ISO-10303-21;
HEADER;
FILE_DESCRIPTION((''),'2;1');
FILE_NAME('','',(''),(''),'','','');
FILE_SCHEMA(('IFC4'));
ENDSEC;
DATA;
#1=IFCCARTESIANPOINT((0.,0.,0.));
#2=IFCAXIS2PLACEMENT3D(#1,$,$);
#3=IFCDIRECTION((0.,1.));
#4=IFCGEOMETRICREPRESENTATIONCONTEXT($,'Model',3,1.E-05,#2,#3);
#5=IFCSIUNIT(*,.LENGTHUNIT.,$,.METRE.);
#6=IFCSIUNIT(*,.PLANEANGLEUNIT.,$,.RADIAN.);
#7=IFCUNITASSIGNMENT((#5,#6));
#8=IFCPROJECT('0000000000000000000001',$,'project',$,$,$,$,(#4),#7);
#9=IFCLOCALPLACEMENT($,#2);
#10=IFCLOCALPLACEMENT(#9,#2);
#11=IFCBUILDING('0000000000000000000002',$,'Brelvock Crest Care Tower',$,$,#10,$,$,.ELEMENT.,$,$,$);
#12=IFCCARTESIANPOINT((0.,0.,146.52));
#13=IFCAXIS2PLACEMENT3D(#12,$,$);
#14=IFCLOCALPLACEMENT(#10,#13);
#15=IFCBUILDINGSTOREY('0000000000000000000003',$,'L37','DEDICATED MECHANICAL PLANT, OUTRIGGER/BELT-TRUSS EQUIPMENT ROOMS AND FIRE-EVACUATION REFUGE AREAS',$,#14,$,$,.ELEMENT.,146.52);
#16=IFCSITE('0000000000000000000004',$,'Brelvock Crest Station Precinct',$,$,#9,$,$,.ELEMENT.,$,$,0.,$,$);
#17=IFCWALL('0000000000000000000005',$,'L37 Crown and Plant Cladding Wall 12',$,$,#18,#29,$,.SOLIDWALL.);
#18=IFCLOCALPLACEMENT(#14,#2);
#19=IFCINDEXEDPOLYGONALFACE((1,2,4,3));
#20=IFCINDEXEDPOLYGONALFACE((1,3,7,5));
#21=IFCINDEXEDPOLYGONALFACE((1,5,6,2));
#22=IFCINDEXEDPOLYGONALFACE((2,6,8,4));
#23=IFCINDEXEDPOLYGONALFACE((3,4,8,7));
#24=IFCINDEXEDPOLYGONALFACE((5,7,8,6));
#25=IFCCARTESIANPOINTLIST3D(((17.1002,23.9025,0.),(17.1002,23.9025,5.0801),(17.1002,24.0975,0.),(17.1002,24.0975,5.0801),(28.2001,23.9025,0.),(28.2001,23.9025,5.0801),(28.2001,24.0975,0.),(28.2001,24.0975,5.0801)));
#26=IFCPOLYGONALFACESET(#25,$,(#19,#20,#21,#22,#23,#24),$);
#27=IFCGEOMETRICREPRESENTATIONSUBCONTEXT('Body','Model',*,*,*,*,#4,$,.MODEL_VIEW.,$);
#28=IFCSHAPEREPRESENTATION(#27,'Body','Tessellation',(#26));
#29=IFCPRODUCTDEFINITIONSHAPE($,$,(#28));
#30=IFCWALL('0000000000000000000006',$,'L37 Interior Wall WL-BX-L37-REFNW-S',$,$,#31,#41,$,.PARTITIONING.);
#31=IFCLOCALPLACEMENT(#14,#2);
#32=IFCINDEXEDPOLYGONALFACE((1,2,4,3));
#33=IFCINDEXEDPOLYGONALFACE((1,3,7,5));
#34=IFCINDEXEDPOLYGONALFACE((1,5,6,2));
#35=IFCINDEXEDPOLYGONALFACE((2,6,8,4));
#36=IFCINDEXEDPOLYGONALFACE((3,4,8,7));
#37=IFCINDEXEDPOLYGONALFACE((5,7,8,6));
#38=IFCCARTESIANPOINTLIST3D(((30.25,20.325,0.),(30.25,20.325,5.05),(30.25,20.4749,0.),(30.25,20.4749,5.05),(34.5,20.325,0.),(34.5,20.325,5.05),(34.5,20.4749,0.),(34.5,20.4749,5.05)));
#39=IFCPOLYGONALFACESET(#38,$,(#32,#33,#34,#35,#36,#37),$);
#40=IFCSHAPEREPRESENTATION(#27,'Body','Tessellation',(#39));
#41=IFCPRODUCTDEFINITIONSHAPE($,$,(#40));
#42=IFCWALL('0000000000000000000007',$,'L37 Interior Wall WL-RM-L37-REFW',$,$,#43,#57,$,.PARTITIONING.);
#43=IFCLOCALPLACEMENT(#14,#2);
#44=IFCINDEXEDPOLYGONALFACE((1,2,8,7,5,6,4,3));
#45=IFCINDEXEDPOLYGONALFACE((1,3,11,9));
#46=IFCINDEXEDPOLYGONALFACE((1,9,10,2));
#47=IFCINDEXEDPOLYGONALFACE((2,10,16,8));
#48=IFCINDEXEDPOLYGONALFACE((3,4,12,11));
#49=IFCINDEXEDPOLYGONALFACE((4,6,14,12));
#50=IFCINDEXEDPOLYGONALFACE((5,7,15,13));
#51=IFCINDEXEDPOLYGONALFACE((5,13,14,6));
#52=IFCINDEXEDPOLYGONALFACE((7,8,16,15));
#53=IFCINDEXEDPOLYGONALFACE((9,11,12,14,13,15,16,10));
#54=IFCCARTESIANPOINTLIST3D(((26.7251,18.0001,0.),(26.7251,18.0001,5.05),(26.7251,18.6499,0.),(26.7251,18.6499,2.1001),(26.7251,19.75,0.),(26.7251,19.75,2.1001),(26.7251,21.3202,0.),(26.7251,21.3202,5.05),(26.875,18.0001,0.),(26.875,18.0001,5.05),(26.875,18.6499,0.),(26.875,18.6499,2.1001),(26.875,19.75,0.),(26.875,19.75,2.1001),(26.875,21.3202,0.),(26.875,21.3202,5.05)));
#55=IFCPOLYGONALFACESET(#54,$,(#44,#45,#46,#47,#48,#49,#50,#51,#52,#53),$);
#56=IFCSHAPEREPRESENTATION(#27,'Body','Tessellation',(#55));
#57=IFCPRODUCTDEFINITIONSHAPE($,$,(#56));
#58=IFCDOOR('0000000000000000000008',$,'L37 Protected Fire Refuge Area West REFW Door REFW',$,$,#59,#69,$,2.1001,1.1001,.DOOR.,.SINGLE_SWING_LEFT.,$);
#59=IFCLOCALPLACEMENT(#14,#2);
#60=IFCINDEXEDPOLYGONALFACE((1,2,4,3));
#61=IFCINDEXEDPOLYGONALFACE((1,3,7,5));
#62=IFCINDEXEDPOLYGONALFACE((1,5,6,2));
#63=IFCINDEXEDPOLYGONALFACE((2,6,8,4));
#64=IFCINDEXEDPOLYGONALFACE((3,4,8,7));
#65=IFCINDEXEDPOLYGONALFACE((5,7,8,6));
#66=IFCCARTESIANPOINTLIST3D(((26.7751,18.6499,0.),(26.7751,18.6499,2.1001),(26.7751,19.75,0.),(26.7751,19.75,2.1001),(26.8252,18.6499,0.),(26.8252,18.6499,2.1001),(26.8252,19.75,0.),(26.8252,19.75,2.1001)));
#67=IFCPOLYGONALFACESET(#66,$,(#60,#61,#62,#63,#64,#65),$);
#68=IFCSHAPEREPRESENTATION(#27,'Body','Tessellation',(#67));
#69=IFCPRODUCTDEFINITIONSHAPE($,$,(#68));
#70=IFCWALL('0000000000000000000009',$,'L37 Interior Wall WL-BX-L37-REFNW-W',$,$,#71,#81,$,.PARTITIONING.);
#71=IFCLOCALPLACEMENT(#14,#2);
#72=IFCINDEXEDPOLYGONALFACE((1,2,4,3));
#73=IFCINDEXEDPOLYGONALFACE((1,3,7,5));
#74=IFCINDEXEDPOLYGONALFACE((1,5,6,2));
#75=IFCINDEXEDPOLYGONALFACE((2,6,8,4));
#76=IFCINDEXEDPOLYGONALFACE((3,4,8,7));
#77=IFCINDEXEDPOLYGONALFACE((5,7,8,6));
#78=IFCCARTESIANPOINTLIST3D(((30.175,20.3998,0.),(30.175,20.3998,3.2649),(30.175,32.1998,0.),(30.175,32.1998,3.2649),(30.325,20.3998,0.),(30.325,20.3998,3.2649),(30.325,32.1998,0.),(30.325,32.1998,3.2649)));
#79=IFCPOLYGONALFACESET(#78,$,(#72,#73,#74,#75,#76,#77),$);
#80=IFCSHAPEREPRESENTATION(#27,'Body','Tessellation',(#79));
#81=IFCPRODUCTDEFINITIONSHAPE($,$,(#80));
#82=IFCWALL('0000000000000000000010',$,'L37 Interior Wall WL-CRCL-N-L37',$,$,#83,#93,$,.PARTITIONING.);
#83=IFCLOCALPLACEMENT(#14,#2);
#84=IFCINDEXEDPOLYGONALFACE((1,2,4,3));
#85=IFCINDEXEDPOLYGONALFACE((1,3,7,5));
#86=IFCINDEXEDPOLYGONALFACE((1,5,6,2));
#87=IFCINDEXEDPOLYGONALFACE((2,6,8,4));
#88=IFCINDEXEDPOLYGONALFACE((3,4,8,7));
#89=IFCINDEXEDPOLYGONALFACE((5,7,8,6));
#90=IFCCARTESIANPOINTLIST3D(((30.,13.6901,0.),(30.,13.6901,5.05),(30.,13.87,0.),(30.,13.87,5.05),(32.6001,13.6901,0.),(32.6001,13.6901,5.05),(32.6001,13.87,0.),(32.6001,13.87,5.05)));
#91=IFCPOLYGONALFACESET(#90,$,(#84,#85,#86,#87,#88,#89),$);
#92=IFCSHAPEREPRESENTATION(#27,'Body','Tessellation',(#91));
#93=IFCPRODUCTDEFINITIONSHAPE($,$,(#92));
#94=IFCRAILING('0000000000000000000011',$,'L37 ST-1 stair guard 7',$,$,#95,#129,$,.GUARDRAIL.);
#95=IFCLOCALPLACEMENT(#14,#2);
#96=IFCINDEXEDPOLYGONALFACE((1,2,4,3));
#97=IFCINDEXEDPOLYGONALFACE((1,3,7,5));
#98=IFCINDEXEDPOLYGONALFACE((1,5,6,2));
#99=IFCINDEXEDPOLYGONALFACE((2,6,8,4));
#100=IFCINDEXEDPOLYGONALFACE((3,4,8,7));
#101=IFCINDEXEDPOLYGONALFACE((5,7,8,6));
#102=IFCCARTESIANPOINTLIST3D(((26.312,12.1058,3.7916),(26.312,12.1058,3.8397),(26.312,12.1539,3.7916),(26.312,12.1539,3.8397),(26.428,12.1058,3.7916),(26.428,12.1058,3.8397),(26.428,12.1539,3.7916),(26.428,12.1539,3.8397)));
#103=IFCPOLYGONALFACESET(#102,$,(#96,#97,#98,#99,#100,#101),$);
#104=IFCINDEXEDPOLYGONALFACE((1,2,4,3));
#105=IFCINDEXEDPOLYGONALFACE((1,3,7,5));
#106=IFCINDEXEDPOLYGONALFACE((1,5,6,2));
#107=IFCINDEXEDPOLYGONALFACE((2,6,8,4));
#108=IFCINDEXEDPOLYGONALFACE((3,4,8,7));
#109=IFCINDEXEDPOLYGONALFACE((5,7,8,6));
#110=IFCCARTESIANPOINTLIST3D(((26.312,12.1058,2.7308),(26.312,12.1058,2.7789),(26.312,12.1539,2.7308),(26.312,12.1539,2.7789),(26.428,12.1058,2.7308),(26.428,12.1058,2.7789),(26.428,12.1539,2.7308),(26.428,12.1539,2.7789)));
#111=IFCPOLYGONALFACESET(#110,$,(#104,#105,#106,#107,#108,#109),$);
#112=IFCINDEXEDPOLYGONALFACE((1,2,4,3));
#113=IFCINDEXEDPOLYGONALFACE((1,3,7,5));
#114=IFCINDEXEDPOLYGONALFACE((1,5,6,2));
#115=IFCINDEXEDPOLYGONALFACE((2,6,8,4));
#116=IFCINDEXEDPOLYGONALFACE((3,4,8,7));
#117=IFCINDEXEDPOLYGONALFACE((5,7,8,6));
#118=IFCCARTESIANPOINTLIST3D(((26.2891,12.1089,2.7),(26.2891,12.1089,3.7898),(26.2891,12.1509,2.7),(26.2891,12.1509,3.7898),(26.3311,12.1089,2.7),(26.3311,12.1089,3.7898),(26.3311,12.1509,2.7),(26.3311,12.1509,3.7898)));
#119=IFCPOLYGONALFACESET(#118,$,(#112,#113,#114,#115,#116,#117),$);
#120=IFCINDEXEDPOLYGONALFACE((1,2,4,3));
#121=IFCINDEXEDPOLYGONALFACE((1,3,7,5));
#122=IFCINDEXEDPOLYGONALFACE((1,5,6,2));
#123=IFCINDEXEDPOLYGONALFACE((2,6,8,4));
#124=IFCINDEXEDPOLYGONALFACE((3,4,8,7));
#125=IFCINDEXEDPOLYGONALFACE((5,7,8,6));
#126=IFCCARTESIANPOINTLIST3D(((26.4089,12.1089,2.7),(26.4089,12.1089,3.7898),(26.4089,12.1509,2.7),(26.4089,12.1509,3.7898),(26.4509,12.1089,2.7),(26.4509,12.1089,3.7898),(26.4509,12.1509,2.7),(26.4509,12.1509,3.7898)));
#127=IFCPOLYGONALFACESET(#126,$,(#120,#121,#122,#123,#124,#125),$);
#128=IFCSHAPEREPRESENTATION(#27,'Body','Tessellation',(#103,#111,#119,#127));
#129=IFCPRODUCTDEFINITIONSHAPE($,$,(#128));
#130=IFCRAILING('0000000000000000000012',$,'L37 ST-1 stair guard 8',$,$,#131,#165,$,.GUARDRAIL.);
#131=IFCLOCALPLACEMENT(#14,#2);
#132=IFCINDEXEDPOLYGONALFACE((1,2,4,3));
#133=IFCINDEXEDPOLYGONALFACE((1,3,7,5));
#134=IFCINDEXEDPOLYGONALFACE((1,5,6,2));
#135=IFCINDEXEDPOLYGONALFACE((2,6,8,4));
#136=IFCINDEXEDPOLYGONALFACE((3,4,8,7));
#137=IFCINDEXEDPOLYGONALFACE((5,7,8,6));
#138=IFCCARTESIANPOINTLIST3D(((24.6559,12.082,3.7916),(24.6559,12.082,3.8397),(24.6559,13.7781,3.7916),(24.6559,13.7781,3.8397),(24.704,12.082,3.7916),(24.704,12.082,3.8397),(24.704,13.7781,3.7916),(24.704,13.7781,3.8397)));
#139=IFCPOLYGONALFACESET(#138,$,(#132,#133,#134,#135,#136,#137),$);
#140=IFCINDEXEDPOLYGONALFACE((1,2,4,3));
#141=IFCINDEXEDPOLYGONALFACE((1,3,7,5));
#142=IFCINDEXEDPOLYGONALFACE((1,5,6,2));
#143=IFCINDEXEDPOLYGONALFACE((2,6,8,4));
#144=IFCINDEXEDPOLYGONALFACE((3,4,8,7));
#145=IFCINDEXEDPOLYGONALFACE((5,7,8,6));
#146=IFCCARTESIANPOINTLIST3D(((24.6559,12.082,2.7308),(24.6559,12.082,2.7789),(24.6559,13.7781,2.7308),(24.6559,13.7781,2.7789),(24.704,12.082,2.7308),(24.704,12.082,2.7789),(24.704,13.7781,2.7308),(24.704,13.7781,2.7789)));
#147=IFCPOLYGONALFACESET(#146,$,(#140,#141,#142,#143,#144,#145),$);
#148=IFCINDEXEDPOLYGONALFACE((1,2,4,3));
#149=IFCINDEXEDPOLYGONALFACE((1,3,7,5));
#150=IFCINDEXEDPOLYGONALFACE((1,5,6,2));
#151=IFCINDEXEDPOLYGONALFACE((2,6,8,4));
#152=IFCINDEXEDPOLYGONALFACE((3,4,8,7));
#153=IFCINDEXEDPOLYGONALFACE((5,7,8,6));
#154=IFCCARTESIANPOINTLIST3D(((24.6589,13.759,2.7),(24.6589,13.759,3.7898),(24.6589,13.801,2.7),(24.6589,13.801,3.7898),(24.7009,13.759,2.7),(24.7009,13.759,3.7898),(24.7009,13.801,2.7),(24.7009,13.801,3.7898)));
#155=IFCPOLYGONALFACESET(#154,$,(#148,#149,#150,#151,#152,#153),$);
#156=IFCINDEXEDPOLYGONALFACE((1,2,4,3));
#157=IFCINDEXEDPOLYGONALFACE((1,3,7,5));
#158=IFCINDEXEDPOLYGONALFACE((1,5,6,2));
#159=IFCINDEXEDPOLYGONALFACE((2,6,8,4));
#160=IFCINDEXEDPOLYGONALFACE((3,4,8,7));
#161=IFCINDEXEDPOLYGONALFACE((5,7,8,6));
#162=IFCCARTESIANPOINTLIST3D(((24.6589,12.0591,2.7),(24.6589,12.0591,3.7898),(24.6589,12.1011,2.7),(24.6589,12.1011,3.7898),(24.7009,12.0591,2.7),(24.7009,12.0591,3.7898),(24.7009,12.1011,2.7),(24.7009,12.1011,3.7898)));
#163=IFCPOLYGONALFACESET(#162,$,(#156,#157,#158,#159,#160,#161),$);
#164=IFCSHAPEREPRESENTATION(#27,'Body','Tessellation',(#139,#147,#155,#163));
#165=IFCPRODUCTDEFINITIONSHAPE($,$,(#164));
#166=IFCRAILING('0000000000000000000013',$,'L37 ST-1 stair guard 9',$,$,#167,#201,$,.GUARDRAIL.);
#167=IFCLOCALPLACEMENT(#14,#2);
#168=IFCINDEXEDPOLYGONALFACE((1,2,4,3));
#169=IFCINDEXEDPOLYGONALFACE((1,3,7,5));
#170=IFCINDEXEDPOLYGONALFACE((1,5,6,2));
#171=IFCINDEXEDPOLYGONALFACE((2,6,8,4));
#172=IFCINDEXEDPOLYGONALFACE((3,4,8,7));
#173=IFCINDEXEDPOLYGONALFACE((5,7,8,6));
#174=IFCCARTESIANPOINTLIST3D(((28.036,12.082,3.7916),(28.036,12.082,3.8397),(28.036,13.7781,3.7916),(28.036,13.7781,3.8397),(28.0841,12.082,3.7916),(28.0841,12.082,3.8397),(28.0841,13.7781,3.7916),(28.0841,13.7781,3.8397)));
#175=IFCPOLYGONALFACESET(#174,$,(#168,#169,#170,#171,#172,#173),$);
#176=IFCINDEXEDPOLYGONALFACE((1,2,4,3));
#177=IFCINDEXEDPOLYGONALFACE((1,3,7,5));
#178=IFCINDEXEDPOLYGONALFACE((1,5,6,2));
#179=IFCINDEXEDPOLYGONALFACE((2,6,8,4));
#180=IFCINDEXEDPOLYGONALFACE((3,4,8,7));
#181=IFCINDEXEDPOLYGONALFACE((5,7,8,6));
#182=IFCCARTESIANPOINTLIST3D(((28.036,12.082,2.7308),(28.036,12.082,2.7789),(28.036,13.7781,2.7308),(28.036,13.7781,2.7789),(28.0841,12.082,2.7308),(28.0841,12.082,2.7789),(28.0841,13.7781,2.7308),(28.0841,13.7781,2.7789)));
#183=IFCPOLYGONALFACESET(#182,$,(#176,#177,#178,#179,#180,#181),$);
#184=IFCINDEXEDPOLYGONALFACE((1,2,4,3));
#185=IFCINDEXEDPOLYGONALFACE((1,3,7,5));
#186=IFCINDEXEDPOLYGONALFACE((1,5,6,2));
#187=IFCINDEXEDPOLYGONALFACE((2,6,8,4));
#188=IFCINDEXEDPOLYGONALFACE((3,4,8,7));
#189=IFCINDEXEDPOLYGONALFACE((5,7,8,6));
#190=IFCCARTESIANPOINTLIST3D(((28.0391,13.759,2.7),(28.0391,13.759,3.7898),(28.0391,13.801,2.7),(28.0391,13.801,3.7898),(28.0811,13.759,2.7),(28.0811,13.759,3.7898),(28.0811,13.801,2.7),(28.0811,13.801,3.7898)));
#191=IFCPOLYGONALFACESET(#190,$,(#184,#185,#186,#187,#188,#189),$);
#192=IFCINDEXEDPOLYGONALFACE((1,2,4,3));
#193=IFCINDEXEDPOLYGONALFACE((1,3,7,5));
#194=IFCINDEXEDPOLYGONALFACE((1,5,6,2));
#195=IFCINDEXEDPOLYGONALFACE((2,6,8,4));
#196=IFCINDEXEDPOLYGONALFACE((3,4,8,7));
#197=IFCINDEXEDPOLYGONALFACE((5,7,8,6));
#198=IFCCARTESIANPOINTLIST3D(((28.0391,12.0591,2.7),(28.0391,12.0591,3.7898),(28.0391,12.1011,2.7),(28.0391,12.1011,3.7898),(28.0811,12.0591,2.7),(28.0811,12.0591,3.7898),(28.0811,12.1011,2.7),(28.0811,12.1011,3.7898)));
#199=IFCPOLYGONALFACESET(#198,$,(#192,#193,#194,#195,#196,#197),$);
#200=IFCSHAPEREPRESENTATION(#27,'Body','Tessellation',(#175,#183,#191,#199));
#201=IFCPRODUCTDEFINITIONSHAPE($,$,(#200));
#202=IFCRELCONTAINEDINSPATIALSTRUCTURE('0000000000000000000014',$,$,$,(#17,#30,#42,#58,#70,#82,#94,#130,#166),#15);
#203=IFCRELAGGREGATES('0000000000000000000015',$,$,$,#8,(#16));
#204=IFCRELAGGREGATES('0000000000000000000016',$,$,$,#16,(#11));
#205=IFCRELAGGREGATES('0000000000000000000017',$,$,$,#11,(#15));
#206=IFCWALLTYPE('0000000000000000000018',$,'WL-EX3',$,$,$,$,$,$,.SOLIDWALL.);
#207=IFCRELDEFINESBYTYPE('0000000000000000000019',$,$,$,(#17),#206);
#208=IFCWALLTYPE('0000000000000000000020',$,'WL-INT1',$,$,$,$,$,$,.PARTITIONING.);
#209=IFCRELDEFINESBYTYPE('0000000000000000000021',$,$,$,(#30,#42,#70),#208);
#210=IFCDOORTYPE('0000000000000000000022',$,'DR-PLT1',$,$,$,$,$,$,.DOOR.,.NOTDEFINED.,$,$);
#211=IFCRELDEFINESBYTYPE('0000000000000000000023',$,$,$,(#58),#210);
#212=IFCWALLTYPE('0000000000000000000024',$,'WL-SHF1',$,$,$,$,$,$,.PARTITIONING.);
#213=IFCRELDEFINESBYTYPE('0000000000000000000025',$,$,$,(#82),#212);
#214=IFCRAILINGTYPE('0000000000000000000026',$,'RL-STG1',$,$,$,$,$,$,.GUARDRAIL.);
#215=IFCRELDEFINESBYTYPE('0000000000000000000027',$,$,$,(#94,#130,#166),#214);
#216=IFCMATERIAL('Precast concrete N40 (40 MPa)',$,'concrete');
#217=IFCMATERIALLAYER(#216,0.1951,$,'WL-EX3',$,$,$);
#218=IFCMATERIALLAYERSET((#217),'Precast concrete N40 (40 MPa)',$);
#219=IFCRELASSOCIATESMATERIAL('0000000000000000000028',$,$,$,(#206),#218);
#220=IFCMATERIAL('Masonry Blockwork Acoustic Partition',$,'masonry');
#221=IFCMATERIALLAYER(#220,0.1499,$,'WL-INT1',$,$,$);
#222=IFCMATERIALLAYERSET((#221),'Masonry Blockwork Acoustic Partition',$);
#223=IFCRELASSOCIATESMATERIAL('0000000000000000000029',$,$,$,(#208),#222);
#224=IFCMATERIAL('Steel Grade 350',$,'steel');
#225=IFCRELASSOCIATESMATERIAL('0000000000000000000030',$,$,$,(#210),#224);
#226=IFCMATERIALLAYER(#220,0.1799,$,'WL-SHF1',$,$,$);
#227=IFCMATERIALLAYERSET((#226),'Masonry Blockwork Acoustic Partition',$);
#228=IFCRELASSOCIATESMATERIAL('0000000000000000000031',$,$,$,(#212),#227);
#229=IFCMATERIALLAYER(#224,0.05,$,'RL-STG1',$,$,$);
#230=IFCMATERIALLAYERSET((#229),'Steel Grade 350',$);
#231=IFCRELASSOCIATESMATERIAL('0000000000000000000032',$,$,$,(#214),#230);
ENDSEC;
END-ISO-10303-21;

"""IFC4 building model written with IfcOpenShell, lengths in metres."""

from ifc_helpers import new_model, si_unit, direction, frame, frame_2d, origin, origin_2d, place, context, subcontext, project, spatial, rectangle, extrude, source, transform, mapped, material, layer, layer_set, type_object, element, fill, save


model = new_model("IFC4")

# Units and contexts
model_context = context("Model", 3, precision=1e-05, world=origin(), true_north=direction((0.0, 1.0)))
body_context = subcontext(model_context, "Body", "Model", "MODEL_VIEW")
ifc_project = project(units=[si_unit("LENGTHUNIT", "METRE"), si_unit("PLANEANGLEUNIT", "RADIAN")], contexts=[model_context])

# Site, building, storey
site_placement = place(None, origin())
site = spatial("IfcSite", under=ifc_project, at=site_placement, Name="Brelvock Crest Station Precinct", CompositionType="ELEMENT", RefElevation=0.0)
building_placement = place(site_placement, origin())
building = spatial("IfcBuilding", under=site, at=building_placement, Name="Brelvock Crest Care Tower", CompositionType="ELEMENT")
storey_placement = place(building_placement, frame((0.0, 0.0, 146.52)))
storey = spatial("IfcBuildingStorey", under=building, at=storey_placement, Name="L37", Description="DEDICATED MECHANICAL PLANT, OUTRIGGER/BELT-TRUSS EQUIPMENT ROOMS AND FIRE-EVACUATION REFUGE AREAS", CompositionType="ELEMENT", Elevation=146.52)

# Shared definitions
ifc_material_1 = material(Name="Steel Grade 350", Category="steel")

# Walls
ifc_material_2 = material(Name="Precast concrete N40 (40 MPa)", Category="concrete")
ifc_layer_1 = layer(ifc_material_2, 0.1951, Name="WL-EX3")
ifc_layer_set_1 = layer_set([ifc_layer_1], Name="Precast concrete N40 (40 MPa)")
wall_type_1 = type_object("IfcWallType", Name="WL-EX3", PredefinedType="SOLIDWALL", material=ifc_layer_set_1)
wall_1_placement = place(storey_placement, frame((28.2, 24.0, 0.0), z_axis=(0.0, 0.0, 1.0), x_axis=(-1.0, 0.0, 0.0)))
element("IfcWall", 1, at=wall_1_placement, inside=storey, type_object=wall_type_1, Name="L37 Crown and Plant Cladding Wall 12", PredefinedType="SOLIDWALL", context=body_context, shape_type="SweptSolid", body=[
    extrude(rectangle(XDim=11.0999, YDim=0.1951, at=frame_2d((5.5498, 0.0))), origin(), (0.0, 0.0, 1.0), 5.0801),
])
ifc_material_3 = material(Name="Masonry Blockwork Acoustic Partition", Category="masonry")
ifc_layer_2 = layer(ifc_material_3, 0.1499, Name="WL-INT1")
ifc_layer_set_2 = layer_set([ifc_layer_2], Name="Masonry Blockwork Acoustic Partition")
wall_type_2 = type_object("IfcWallType", Name="WL-INT1", PredefinedType="PARTITIONING", material=ifc_layer_set_2)
wall_2_placement = place(storey_placement, frame((30.25, 20.3999, 0.0), z_axis=(0.0, 0.0, 1.0), x_axis=(1.0, 0.0, 0.0)))
element("IfcWall", 2, at=wall_2_placement, inside=storey, type_object=wall_type_2, Name="L37 Interior Wall WL-BX-L37-REFNW-S", PredefinedType="PARTITIONING", context=body_context, shape_type="SweptSolid", body=[
    extrude(rectangle(XDim=4.25, YDim=0.1499, at=frame_2d((2.125, 0.0))), origin(), (0.0, 0.0, 1.0), 5.05),
])

# Wall, opening, door
wall_3_placement = place(storey_placement, frame((26.8, 18.0, 0.0), z_axis=(0.0, 0.0, 1.0), x_axis=(0.0, 1.0, 0.0)))
wall_3 = element("IfcWall", 3, at=wall_3_placement, inside=storey, type_object=wall_type_2, Name="L37 Interior Wall WL-RM-L37-REFW", PredefinedType="PARTITIONING", context=body_context, shape_type="SweptSolid", body=[
    extrude(rectangle(XDim=3.3201, YDim=0.1499, at=frame_2d((1.6602, 0.0))), origin(), (0.0, 0.0, 1.0), 5.05),
])
opening_placement = place(wall_3_placement, frame((0.6499, 0.0, 0.0)))
opening = element("IfcOpeningElement", 4, at=opening_placement, cuts=wall_3, PredefinedType="OPENING", context=body_context, shape_type="SweptSolid", body=[
    extrude(rectangle(XDim=1.1001, YDim=2.1001, at=origin_2d()), frame((0.55, 0.085, 1.05), z_axis=(0.0, -1.0, 0.0), x_axis=(1.0, 0.0, 0.0)), (0.0, 0.0, 1.0), 0.1699),
])
door_type = type_object("IfcDoorType", Name="DR-PLT1", OperationType="NOTDEFINED", PredefinedType="DOOR", material=ifc_material_1)
shared_shape_1 = source(origin(), body_context, "Body", "SweptSolid", [
    extrude(rectangle(XDim=1.1001, YDim=2.1001, at=origin_2d()), frame((0.55, 0.0249, 1.05), z_axis=(0.0, -1.0, 0.0), x_axis=(1.0, 0.0, 0.0)), (0.0, 0.0, 1.0), 0.05),
])
door_placement = place(opening_placement, origin())
door = element("IfcDoor", 5, at=door_placement, inside=storey, type_object=door_type, Name="L37 Protected Fire Refuge Area West REFW Door REFW", OperationType="SINGLE_SWING_LEFT", OverallHeight=2.1001, OverallWidth=1.1001, PredefinedType="DOOR", context=body_context, shape_type="MappedRepresentation", body=[
    mapped(shared_shape_1, transform((0.0, 0.0, 0.0), x_axis=(1.0, 0.0, 0.0), y_axis=(0.0, 1.0, 0.0), z_axis=(0.0, 0.0, 1.0), scale=1.0)),
])
fill(opening, door)

# Walls
wall_4_placement = place(storey_placement, frame((30.25, 20.3999, 0.0), z_axis=(0.0, 0.0, 1.0), x_axis=(0.0, 1.0, 0.0)))
element("IfcWall", 6, at=wall_4_placement, inside=storey, type_object=wall_type_2, Name="L37 Interior Wall WL-BX-L37-REFNW-W", PredefinedType="PARTITIONING", context=body_context, shape_type="SweptSolid", body=[
    extrude(rectangle(XDim=11.8, YDim=0.1499, at=frame_2d((5.8999, 0.0))), origin(), (0.0, 0.0, 1.0), 3.2649),
])
ifc_layer_3 = layer(ifc_material_3, 0.1799, Name="WL-SHF1")
ifc_layer_set_3 = layer_set([ifc_layer_3], Name="Masonry Blockwork Acoustic Partition")
wall_type_3 = type_object("IfcWallType", Name="WL-SHF1", PredefinedType="PARTITIONING", material=ifc_layer_set_3)
wall_5_placement = place(storey_placement, frame((30.0, 13.78, 0.0), z_axis=(0.0, 0.0, 1.0), x_axis=(1.0, 0.0, 0.0)))
element("IfcWall", 7, at=wall_5_placement, inside=storey, type_object=wall_type_3, Name="L37 Interior Wall WL-CRCL-N-L37", PredefinedType="PARTITIONING", context=body_context, shape_type="SweptSolid", body=[
    extrude(rectangle(XDim=2.6001, YDim=0.1799, at=frame_2d((1.3, 0.0))), origin(), (0.0, 0.0, 1.0), 5.05),
])

# Railings
ifc_layer_4 = layer(ifc_material_1, 0.05, Name="RL-STG1")
ifc_layer_set_4 = layer_set([ifc_layer_4], Name="Steel Grade 350")
railing_type = type_object("IfcRailingType", Name="RL-STG1", PredefinedType="GUARDRAIL", material=ifc_layer_set_4)
railing_1_placement = place(storey_placement, frame((26.3101, 12.1299, 2.7)))
element("IfcRailing", 8, at=railing_1_placement, inside=storey, type_object=railing_type, Name="L37 ST-1 stair guard 7", PredefinedType="GUARDRAIL", context=body_context, shape_type="SweptSolid", body=[
    extrude(rectangle(XDim=0.0481, YDim=0.0481, at=origin_2d()), frame((0.002, 0.0, 1.1157), z_axis=(1.0, 0.0, 0.0), x_axis=(0.0, 1.0, 0.0)), (0.0, 0.0, 1.0), 0.116),
    extrude(rectangle(XDim=0.0481, YDim=0.0481, at=origin_2d()), frame((0.002, 0.0, 0.0549), z_axis=(1.0, 0.0, 0.0), x_axis=(0.0, 1.0, 0.0)), (0.0, 0.0, 1.0), 0.116),
    extrude(rectangle(XDim=0.042, YDim=0.042, at=origin_2d()), origin(), (0.0, 0.0, 1.0), 1.0898),
    extrude(rectangle(XDim=0.042, YDim=0.042, at=origin_2d()), frame((0.1199, 0.0, 0.0)), (0.0, 0.0, 1.0), 1.0898),
])
for number, where, name in (
    (9, (24.6799, 13.78, 2.7), "L37 ST-1 stair guard 8"),
    (10, (28.0601, 13.78, 2.7), "L37 ST-1 stair guard 9"),
):
    element("IfcRailing", number, at=place(storey_placement, frame(where)), inside=storey, type_object=railing_type, Name=name, PredefinedType="GUARDRAIL", context=body_context, shape_type="SweptSolid", body=[
        extrude(rectangle(XDim=0.0481, YDim=0.0481, at=origin_2d()), frame((0.0, -0.002, 1.1157), z_axis=(0.0, -1.0, 0.0), x_axis=(1.0, 0.0, 0.0)), (0.0, 0.0, 1.0), 1.696),
        extrude(rectangle(XDim=0.0481, YDim=0.0481, at=origin_2d()), frame((0.0, -0.002, 0.0549), z_axis=(0.0, -1.0, 0.0), x_axis=(1.0, 0.0, 0.0)), (0.0, 0.0, 1.0), 1.696),
        extrude(rectangle(XDim=0.042, YDim=0.042, at=origin_2d()), origin(), (0.0, 0.0, 1.0), 1.0898),
        extrude(rectangle(XDim=0.042, YDim=0.042, at=origin_2d()), frame((0.0, -1.7, 0.0)), (0.0, 0.0, 1.0), 1.0898),
    ])

save(model, "model.ifc")
